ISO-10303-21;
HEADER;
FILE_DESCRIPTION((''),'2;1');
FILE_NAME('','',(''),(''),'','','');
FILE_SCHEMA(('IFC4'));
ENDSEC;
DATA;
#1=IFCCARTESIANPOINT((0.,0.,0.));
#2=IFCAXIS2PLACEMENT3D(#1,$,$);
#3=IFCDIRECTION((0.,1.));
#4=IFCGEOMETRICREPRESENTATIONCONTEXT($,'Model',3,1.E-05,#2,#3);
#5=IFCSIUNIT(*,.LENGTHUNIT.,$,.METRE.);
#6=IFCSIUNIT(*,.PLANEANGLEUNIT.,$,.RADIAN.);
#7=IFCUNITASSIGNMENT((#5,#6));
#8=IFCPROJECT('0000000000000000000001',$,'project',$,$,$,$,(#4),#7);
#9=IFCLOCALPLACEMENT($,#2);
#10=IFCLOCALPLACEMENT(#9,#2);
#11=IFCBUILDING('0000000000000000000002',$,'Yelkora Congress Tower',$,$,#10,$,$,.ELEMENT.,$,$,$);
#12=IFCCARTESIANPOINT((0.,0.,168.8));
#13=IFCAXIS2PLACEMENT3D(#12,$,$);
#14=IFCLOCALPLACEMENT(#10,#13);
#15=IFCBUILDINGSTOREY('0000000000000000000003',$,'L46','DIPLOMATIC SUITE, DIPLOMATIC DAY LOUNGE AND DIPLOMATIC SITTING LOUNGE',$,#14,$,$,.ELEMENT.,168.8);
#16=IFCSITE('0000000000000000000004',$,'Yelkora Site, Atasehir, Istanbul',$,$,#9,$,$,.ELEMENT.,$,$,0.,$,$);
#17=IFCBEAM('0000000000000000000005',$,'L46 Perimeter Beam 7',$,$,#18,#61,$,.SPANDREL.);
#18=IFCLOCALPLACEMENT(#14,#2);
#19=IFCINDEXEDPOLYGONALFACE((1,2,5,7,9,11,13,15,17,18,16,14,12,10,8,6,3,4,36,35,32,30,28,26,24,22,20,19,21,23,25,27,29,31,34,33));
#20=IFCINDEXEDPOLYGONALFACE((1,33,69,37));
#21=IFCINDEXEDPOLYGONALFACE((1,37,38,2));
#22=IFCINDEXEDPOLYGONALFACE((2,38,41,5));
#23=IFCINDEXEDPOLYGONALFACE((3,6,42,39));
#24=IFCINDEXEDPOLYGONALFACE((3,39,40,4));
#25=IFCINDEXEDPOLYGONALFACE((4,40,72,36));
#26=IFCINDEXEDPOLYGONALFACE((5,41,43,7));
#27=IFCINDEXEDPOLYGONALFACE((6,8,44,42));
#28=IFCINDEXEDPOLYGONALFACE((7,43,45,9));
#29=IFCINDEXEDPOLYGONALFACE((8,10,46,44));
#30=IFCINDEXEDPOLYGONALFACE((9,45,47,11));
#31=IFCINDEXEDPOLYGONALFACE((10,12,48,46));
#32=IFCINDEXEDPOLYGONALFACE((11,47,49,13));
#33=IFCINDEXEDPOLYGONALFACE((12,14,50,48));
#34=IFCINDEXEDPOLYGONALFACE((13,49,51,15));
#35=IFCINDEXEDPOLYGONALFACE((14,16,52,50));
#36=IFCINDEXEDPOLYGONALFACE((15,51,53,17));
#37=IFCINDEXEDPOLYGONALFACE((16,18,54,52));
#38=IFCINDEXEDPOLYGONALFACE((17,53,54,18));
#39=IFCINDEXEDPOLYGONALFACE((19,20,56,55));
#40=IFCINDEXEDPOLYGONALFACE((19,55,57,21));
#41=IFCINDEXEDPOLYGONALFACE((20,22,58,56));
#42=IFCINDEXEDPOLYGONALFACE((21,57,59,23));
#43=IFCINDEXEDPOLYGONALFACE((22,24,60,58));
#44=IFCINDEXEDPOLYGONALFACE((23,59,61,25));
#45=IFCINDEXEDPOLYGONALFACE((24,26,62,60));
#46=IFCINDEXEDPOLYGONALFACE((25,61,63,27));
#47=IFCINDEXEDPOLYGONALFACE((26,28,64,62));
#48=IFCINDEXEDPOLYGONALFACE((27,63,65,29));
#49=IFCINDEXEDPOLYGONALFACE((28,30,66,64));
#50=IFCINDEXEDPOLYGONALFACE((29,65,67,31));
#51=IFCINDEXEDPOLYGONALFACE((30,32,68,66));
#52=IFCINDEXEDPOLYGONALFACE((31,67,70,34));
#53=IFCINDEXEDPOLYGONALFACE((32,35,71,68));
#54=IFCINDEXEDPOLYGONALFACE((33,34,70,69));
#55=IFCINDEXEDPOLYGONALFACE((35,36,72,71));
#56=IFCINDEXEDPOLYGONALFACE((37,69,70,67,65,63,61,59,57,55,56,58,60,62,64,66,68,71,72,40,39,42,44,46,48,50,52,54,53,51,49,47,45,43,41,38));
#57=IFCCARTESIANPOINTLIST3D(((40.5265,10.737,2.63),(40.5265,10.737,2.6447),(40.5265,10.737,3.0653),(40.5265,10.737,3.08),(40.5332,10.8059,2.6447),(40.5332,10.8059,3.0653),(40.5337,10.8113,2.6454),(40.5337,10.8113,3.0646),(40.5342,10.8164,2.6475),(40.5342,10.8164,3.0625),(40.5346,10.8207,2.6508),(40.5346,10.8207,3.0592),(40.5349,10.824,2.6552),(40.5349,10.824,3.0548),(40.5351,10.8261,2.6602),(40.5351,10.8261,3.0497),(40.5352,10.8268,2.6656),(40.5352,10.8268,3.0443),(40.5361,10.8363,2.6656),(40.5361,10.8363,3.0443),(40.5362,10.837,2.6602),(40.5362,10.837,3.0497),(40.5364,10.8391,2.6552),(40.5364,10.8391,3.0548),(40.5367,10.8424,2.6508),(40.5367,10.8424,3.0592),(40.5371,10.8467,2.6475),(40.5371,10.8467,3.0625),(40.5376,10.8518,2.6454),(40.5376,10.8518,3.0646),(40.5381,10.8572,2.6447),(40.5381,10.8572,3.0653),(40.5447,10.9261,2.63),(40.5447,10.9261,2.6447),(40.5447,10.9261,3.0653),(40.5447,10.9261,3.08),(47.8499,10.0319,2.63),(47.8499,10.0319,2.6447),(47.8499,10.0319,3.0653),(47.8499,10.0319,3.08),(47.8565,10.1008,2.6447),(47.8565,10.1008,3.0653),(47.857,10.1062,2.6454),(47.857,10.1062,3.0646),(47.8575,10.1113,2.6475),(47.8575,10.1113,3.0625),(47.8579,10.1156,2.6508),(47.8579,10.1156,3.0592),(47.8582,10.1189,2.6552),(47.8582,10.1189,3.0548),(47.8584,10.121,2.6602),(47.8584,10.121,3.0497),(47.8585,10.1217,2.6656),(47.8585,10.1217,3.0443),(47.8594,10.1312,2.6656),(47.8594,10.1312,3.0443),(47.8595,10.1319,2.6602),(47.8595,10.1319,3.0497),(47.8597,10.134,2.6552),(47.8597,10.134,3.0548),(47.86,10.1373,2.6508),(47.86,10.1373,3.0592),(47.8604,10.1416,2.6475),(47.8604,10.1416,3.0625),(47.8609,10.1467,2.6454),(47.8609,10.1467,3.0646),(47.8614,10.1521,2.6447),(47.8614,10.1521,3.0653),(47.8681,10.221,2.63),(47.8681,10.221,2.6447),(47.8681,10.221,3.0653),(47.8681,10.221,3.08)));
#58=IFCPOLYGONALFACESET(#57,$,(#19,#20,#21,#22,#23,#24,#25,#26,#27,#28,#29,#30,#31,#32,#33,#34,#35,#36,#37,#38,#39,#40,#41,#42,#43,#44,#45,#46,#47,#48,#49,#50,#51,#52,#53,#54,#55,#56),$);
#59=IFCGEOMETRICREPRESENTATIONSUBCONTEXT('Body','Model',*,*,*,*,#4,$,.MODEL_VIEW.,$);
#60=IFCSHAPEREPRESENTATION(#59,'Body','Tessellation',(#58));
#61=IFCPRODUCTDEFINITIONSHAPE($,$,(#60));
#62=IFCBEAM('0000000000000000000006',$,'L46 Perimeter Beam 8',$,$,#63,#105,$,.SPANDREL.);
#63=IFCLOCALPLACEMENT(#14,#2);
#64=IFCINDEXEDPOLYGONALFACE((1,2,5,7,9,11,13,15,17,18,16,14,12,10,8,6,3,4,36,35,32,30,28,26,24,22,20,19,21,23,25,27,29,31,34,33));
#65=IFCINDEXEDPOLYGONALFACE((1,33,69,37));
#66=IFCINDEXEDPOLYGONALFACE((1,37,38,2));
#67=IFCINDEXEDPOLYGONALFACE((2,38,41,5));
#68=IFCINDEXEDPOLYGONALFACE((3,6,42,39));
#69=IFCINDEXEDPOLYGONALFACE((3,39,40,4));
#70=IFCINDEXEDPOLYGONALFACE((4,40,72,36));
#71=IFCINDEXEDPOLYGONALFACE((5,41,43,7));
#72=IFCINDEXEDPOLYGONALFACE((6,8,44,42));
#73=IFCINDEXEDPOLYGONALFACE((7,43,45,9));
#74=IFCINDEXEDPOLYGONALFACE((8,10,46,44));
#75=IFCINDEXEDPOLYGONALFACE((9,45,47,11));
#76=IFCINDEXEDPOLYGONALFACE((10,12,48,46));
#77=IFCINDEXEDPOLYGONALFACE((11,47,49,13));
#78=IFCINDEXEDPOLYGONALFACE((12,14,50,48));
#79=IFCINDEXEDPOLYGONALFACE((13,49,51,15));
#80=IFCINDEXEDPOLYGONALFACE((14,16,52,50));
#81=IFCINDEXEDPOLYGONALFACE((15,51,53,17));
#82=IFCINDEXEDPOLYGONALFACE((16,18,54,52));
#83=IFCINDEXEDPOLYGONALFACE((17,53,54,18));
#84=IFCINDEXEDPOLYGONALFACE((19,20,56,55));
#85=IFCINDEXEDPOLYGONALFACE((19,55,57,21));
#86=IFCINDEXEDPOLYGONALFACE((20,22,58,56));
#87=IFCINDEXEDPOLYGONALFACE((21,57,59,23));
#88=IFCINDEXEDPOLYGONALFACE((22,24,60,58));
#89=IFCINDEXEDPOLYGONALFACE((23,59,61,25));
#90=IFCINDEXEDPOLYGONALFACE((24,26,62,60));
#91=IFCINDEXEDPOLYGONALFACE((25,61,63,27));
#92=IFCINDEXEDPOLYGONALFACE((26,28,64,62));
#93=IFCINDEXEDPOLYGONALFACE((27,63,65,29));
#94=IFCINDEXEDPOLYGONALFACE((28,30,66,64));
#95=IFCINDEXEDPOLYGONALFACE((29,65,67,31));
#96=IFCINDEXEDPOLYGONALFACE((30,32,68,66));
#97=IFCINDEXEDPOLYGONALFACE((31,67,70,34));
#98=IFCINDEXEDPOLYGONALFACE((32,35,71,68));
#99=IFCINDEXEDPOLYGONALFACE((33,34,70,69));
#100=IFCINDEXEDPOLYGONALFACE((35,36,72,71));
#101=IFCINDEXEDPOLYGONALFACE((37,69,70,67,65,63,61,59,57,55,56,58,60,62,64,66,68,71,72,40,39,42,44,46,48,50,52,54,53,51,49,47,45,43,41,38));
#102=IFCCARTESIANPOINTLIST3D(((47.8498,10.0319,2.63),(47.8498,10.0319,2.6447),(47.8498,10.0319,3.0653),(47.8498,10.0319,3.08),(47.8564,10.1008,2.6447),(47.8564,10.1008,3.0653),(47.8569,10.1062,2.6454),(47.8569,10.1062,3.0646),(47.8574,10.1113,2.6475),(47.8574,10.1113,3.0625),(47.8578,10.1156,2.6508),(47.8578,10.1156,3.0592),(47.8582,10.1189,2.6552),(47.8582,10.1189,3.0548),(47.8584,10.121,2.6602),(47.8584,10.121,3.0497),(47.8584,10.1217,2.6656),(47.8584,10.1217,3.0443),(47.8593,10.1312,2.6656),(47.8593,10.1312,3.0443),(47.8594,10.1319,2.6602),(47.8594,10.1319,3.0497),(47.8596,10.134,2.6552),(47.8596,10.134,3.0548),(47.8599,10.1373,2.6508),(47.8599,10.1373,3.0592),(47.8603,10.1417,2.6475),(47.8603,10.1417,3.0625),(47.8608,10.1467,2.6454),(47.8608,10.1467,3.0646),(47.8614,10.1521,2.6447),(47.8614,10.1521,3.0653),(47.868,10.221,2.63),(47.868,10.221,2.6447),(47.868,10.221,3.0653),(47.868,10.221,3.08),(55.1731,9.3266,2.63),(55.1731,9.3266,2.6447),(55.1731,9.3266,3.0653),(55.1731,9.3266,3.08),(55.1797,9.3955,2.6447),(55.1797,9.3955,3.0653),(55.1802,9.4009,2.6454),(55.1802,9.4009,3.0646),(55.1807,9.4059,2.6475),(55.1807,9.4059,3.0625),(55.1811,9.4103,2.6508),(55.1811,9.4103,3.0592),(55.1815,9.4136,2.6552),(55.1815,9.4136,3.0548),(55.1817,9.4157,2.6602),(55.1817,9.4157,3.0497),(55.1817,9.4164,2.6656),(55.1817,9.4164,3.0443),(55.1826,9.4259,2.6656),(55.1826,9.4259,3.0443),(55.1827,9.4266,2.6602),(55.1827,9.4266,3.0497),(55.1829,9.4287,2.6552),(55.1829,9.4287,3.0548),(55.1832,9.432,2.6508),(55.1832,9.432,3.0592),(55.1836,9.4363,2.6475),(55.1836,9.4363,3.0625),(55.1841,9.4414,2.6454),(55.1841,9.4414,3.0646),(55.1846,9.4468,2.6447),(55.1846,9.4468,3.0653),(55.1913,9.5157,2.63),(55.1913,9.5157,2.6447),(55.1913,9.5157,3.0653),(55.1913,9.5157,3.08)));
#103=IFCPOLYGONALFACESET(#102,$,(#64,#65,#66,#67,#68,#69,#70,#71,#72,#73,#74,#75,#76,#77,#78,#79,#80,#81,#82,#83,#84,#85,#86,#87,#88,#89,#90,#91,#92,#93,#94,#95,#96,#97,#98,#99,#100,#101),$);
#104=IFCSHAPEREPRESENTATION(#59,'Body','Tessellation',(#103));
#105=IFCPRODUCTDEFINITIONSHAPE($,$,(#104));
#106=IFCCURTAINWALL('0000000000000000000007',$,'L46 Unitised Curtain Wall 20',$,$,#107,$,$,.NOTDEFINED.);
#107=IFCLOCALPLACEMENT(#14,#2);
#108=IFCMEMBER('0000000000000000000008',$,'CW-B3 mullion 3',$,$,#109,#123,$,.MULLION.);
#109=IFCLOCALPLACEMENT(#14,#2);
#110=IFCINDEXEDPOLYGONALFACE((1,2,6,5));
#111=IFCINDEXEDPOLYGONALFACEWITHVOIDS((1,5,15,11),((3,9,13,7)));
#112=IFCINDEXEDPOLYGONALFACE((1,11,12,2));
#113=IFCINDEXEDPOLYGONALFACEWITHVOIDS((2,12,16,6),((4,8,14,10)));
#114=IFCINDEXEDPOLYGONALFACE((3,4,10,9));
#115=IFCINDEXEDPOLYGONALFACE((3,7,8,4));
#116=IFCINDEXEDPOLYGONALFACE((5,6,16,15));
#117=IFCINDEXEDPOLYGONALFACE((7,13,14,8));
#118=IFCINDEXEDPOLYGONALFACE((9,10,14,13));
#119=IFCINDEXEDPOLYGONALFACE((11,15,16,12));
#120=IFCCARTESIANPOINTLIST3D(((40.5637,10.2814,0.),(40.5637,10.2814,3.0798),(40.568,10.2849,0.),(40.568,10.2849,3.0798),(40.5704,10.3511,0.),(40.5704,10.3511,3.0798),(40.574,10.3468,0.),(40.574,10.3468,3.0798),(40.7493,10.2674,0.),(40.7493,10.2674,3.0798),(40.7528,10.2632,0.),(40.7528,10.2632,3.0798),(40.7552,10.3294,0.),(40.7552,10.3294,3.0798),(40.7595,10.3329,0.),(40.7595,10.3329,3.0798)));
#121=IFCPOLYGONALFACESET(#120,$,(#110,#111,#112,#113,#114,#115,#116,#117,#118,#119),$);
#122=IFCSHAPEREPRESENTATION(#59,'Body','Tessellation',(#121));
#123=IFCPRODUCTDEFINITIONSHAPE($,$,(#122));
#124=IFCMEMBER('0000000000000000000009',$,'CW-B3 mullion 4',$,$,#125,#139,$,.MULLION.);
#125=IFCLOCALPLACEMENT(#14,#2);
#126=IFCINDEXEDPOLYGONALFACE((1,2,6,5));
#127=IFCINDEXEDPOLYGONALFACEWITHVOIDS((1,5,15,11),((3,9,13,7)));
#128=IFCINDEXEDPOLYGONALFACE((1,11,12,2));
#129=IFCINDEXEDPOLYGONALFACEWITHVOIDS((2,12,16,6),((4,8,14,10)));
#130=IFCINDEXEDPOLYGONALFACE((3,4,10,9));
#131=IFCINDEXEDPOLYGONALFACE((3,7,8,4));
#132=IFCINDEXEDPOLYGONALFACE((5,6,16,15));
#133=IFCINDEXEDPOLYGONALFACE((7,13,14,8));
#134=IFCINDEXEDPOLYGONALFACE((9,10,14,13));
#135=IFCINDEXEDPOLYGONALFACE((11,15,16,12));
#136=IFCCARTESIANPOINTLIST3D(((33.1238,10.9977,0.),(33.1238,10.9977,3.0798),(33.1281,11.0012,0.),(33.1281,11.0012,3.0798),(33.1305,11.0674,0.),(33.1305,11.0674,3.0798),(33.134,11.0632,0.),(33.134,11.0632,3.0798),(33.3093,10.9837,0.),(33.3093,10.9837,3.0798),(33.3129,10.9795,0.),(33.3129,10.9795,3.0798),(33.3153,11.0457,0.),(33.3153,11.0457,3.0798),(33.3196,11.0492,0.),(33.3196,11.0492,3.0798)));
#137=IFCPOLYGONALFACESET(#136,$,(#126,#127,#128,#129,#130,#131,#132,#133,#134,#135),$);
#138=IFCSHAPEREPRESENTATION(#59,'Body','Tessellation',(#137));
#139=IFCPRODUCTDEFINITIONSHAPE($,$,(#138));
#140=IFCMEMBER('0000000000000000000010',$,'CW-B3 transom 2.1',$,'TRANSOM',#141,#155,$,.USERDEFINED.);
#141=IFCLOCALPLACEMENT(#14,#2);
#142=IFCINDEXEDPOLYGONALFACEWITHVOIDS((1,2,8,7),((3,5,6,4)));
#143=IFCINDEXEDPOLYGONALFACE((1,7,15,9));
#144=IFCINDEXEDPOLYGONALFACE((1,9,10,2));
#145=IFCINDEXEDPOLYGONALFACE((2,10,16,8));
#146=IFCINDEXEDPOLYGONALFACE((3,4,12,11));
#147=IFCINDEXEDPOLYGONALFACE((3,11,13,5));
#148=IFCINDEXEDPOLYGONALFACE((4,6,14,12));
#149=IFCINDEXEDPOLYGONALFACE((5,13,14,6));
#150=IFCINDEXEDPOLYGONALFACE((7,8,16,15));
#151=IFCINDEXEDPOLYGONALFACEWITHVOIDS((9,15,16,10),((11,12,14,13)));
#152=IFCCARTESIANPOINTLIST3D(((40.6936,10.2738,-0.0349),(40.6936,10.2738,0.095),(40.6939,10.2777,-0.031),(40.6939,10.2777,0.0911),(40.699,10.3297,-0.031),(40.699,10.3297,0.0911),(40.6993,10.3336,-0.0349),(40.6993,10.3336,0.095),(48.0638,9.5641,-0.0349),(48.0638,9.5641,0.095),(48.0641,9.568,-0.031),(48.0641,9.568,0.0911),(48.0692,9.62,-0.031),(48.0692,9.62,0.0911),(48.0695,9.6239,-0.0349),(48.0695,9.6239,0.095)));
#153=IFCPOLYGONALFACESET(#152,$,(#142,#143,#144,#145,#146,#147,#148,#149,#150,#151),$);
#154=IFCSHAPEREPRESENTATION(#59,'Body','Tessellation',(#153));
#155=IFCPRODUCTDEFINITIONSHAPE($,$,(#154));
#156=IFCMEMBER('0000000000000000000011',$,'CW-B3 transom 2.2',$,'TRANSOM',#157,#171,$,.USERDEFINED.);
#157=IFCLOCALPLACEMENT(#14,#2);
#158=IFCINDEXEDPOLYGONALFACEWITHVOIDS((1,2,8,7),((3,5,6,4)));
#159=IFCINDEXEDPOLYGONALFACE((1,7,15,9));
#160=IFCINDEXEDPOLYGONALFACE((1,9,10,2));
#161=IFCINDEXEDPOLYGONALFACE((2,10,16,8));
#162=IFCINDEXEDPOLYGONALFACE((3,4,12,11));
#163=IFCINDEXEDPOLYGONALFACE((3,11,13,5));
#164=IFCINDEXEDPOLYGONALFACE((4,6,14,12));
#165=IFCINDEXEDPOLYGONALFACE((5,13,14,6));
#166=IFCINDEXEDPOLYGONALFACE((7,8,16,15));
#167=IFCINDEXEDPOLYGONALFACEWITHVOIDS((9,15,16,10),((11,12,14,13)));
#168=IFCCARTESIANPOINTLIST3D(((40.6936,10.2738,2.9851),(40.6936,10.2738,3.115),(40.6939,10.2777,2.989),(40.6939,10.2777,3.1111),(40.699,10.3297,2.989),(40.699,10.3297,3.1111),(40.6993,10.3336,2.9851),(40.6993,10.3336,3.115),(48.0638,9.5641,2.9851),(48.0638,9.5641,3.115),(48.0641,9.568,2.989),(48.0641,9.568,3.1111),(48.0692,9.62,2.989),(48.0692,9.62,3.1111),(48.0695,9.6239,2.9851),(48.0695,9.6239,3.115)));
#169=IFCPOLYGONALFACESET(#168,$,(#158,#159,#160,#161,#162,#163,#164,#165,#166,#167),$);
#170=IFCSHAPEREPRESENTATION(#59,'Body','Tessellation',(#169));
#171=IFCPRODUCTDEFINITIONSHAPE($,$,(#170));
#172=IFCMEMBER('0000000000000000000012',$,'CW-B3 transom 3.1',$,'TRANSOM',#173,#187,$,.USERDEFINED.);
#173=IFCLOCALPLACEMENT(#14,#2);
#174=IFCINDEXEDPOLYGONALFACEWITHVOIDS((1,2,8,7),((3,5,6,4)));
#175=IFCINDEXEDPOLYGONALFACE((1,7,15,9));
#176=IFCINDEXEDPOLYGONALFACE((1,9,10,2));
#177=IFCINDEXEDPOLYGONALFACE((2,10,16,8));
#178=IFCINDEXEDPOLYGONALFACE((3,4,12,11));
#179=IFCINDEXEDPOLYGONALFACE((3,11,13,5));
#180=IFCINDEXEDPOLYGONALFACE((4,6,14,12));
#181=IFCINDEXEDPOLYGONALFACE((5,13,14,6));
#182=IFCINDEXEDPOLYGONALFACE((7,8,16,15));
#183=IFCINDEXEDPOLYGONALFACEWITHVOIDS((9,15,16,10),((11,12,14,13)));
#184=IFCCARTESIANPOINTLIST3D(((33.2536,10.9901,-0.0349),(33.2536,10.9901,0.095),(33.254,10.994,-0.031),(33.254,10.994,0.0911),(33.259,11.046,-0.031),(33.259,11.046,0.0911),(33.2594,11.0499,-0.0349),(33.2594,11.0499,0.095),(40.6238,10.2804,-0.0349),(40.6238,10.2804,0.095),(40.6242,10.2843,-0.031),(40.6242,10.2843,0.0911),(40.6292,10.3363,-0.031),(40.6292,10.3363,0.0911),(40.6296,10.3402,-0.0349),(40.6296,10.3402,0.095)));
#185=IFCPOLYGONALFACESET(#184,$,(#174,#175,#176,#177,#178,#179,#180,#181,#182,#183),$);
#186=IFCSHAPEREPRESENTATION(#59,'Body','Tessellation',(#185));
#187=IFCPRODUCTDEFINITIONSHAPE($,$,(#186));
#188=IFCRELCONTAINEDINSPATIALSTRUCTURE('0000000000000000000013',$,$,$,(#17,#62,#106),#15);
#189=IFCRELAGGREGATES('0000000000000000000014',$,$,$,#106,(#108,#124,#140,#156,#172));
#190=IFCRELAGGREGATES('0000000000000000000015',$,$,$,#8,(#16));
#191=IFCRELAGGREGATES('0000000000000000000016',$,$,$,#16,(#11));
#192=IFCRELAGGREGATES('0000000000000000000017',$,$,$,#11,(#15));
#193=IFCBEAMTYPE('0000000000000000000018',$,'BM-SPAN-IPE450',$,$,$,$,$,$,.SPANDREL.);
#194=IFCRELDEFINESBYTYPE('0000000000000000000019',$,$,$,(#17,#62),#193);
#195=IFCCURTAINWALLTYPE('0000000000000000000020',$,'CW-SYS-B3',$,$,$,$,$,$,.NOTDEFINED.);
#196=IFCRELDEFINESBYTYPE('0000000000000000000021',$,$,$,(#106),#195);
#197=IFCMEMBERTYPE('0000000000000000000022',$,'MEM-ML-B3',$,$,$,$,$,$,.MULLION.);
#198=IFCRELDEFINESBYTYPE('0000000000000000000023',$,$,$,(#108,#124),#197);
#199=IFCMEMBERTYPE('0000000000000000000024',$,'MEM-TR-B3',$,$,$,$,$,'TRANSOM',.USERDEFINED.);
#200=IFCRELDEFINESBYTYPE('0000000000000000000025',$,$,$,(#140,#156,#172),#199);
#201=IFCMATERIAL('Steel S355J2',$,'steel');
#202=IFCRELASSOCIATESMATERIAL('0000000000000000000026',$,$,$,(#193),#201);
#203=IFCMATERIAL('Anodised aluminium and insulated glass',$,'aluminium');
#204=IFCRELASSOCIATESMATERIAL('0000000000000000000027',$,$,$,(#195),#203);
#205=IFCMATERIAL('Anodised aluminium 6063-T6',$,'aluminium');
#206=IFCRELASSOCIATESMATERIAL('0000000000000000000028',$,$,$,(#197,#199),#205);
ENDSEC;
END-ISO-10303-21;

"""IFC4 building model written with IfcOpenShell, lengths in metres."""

from ifc_helpers import new_model, si_unit, direction, frame, origin, origin_2d, place, context, subcontext, project, spatial, hollow_rectangle, i_section, extrude, material, material_profile, profile_set, type_object, element, aggregate, save


model = new_model("IFC4")

# Units and contexts
model_context = context("Model", 3, precision=1e-05, world=origin(), true_north=direction((0.0, 1.0)))
body_context = subcontext(model_context, "Body", "Model", "MODEL_VIEW")
ifc_project = project(units=[si_unit("LENGTHUNIT", "METRE"), si_unit("PLANEANGLEUNIT", "RADIAN")], contexts=[model_context])

# Site, building, storey
site_placement = place(None, origin())
site = spatial("IfcSite", under=ifc_project, at=site_placement, Name="Yelkora Site, Atasehir, Istanbul", CompositionType="ELEMENT", RefElevation=0.0)
building_placement = place(site_placement, origin())
building = spatial("IfcBuilding", under=site, at=building_placement, Name="Yelkora Congress Tower", CompositionType="ELEMENT")
storey_placement = place(building_placement, frame((0.0, 0.0, 168.8)))
storey = spatial("IfcBuildingStorey", under=building, at=storey_placement, Name="L46", Description="DIPLOMATIC SUITE, DIPLOMATIC DAY LOUNGE AND DIPLOMATIC SITTING LOUNGE", CompositionType="ELEMENT", Elevation=168.8)

# Beams
ifc_material_1 = material(Name="Steel S355J2", Category="steel")
ifc_material_profile_1 = material_profile(ifc_material_1, i_section(OverallWidth=0.1899, OverallDepth=0.45, WebThickness=0.0095, FlangeThickness=0.0146, FilletRadius=0.021, at=origin_2d()), Name="IPE 450")
ifc_profile_set_1 = profile_set([ifc_material_profile_1], Name="Steel S355J2")
beam_type_1 = type_object("IfcBeamType", Name="BM-SPAN-IPE450", PredefinedType="SPANDREL", material=ifc_profile_set_1)
for number, where, z_axis, x_axis, name in (
    (1, (40.5356, 10.8315, 2.855), (0.995397, -0.095836, 0.0), (0.095836, 0.995397, 0.0), "L46 Perimeter Beam 7"),
    (2, (47.8589, 10.1265, 2.855), (0.995394, -0.095869, 0.0), (0.095869, 0.995394, 0.0), "L46 Perimeter Beam 8"),
):
    element("IfcBeam", number, at=place(storey_placement, frame(where, z_axis=z_axis, x_axis=x_axis)), inside=storey, type_object=beam_type_1, Name=name, PredefinedType="SPANDREL", context=body_context, shape_type="SweptSolid", body=[
        extrude(i_section(OverallWidth=0.1899, OverallDepth=0.45, WebThickness=0.0095, FlangeThickness=0.0146, FilletRadius=0.021, at=origin_2d()), origin(), (0.0, 0.0, 1.0), 7.3572),
    ])

# Curtain wall, members
ifc_material_2 = material(Name="Anodised aluminium and insulated glass", Category="aluminium")
curtain_wall_type = type_object("IfcCurtainWallType", Name="CW-SYS-B3", PredefinedType="NOTDEFINED", material=ifc_material_2)
curtain_wall_placement = place(storey_placement, origin())
curtain_wall = element("IfcCurtainWall", 3, at=curtain_wall_placement, inside=storey, type_object=curtain_wall_type, Name="L46 Unitised Curtain Wall 20", PredefinedType="NOTDEFINED")
ifc_material_3 = material(Name="Anodised aluminium 6063-T6", Category="aluminium")
ifc_material_profile_2 = material_profile(ifc_material_3, hollow_rectangle(XDim=0.0701, YDim=0.1899, WallThickness=0.0039, at=origin_2d()), Name="ALU 70x190x4")
ifc_profile_set_2 = profile_set([ifc_material_profile_2], Name="Anodised aluminium 6063-T6")
member_type_1 = type_object("IfcMemberType", Name="MEM-ML-B3", PredefinedType="MULLION", material=ifc_profile_set_2)
member_1_placement = place(storey_placement, frame((40.6616, 10.3071, 0.0), z_axis=(0.0, 0.0, 1.0), x_axis=(-0.095845, -0.995396, 0.0)))
member_1 = element("IfcMember", 4, at=member_1_placement, type_object=member_type_1, Name="CW-B3 mullion 3", PredefinedType="MULLION", context=body_context, shape_type="SweptSolid", body=[
    extrude(hollow_rectangle(XDim=0.0701, YDim=0.1899, WallThickness=0.0039, at=origin_2d()), origin(), (0.0, 0.0, 1.0), 3.0798),
])
member_2_placement = place(storey_placement, frame((33.2217, 11.0234, 0.0), z_axis=(0.0, 0.0, 1.0), x_axis=(-0.095845, -0.995396, 0.0)))
member_2 = element("IfcMember", 5, at=member_2_placement, type_object=member_type_1, Name="CW-B3 mullion 4", PredefinedType="MULLION", context=body_context, shape_type="SweptSolid", body=[
    extrude(hollow_rectangle(XDim=0.0701, YDim=0.1899, WallThickness=0.0039, at=origin_2d()), origin(), (0.0, 0.0, 1.0), 3.0798),
])
ifc_material_profile_3 = material_profile(ifc_material_3, hollow_rectangle(XDim=0.0601, YDim=0.1299, WallThickness=0.0039, at=origin_2d()), Name="ALU 60x130x4")
ifc_profile_set_3 = profile_set([ifc_material_profile_3], Name="Anodised aluminium 6063-T6")
member_type_2 = type_object("IfcMemberType", Name="MEM-TR-B3", ElementType="TRANSOM", PredefinedType="USERDEFINED", material=ifc_profile_set_3)
member_3_placement = place(storey_placement, frame((48.0667, 9.594, 0.03), z_axis=(-0.995395, 0.095853, 0.0), x_axis=(-0.095853, -0.995395, 0.0)))
member_3 = element("IfcMember", 6, at=member_3_placement, type_object=member_type_2, Name="CW-B3 transom 2.1", ObjectType="TRANSOM", PredefinedType="USERDEFINED", context=body_context, shape_type="SweptSolid", body=[
    extrude(hollow_rectangle(XDim=0.0601, YDim=0.1299, WallThickness=0.0039, at=origin_2d()), origin(), (0.0, 0.0, 1.0), 7.4043),
])
member_4_placement = place(storey_placement, frame((48.0667, 9.594, 3.05), z_axis=(-0.995395, 0.095853, 0.0), x_axis=(-0.095853, -0.995395, 0.0)))
member_4 = element("IfcMember", 7, at=member_4_placement, type_object=member_type_2, Name="CW-B3 transom 2.2", ObjectType="TRANSOM", PredefinedType="USERDEFINED", context=body_context, shape_type="SweptSolid", body=[
    extrude(hollow_rectangle(XDim=0.0601, YDim=0.1299, WallThickness=0.0039, at=origin_2d()), origin(), (0.0, 0.0, 1.0), 7.4043),
])
member_5_placement = place(storey_placement, frame((40.6267, 10.3103, 0.03), z_axis=(-0.995395, 0.095853, 0.0), x_axis=(-0.095853, -0.995395, 0.0)))
member_5 = element("IfcMember", 8, at=member_5_placement, type_object=member_type_2, Name="CW-B3 transom 3.1", ObjectType="TRANSOM", PredefinedType="USERDEFINED", context=body_context, shape_type="SweptSolid", body=[
    extrude(hollow_rectangle(XDim=0.0601, YDim=0.1299, WallThickness=0.0039, at=origin_2d()), origin(), (0.0, 0.0, 1.0), 7.4043),
])
aggregate(curtain_wall, [member_1, member_2, member_3, member_4, member_5])

save(model, "model.ifc")
